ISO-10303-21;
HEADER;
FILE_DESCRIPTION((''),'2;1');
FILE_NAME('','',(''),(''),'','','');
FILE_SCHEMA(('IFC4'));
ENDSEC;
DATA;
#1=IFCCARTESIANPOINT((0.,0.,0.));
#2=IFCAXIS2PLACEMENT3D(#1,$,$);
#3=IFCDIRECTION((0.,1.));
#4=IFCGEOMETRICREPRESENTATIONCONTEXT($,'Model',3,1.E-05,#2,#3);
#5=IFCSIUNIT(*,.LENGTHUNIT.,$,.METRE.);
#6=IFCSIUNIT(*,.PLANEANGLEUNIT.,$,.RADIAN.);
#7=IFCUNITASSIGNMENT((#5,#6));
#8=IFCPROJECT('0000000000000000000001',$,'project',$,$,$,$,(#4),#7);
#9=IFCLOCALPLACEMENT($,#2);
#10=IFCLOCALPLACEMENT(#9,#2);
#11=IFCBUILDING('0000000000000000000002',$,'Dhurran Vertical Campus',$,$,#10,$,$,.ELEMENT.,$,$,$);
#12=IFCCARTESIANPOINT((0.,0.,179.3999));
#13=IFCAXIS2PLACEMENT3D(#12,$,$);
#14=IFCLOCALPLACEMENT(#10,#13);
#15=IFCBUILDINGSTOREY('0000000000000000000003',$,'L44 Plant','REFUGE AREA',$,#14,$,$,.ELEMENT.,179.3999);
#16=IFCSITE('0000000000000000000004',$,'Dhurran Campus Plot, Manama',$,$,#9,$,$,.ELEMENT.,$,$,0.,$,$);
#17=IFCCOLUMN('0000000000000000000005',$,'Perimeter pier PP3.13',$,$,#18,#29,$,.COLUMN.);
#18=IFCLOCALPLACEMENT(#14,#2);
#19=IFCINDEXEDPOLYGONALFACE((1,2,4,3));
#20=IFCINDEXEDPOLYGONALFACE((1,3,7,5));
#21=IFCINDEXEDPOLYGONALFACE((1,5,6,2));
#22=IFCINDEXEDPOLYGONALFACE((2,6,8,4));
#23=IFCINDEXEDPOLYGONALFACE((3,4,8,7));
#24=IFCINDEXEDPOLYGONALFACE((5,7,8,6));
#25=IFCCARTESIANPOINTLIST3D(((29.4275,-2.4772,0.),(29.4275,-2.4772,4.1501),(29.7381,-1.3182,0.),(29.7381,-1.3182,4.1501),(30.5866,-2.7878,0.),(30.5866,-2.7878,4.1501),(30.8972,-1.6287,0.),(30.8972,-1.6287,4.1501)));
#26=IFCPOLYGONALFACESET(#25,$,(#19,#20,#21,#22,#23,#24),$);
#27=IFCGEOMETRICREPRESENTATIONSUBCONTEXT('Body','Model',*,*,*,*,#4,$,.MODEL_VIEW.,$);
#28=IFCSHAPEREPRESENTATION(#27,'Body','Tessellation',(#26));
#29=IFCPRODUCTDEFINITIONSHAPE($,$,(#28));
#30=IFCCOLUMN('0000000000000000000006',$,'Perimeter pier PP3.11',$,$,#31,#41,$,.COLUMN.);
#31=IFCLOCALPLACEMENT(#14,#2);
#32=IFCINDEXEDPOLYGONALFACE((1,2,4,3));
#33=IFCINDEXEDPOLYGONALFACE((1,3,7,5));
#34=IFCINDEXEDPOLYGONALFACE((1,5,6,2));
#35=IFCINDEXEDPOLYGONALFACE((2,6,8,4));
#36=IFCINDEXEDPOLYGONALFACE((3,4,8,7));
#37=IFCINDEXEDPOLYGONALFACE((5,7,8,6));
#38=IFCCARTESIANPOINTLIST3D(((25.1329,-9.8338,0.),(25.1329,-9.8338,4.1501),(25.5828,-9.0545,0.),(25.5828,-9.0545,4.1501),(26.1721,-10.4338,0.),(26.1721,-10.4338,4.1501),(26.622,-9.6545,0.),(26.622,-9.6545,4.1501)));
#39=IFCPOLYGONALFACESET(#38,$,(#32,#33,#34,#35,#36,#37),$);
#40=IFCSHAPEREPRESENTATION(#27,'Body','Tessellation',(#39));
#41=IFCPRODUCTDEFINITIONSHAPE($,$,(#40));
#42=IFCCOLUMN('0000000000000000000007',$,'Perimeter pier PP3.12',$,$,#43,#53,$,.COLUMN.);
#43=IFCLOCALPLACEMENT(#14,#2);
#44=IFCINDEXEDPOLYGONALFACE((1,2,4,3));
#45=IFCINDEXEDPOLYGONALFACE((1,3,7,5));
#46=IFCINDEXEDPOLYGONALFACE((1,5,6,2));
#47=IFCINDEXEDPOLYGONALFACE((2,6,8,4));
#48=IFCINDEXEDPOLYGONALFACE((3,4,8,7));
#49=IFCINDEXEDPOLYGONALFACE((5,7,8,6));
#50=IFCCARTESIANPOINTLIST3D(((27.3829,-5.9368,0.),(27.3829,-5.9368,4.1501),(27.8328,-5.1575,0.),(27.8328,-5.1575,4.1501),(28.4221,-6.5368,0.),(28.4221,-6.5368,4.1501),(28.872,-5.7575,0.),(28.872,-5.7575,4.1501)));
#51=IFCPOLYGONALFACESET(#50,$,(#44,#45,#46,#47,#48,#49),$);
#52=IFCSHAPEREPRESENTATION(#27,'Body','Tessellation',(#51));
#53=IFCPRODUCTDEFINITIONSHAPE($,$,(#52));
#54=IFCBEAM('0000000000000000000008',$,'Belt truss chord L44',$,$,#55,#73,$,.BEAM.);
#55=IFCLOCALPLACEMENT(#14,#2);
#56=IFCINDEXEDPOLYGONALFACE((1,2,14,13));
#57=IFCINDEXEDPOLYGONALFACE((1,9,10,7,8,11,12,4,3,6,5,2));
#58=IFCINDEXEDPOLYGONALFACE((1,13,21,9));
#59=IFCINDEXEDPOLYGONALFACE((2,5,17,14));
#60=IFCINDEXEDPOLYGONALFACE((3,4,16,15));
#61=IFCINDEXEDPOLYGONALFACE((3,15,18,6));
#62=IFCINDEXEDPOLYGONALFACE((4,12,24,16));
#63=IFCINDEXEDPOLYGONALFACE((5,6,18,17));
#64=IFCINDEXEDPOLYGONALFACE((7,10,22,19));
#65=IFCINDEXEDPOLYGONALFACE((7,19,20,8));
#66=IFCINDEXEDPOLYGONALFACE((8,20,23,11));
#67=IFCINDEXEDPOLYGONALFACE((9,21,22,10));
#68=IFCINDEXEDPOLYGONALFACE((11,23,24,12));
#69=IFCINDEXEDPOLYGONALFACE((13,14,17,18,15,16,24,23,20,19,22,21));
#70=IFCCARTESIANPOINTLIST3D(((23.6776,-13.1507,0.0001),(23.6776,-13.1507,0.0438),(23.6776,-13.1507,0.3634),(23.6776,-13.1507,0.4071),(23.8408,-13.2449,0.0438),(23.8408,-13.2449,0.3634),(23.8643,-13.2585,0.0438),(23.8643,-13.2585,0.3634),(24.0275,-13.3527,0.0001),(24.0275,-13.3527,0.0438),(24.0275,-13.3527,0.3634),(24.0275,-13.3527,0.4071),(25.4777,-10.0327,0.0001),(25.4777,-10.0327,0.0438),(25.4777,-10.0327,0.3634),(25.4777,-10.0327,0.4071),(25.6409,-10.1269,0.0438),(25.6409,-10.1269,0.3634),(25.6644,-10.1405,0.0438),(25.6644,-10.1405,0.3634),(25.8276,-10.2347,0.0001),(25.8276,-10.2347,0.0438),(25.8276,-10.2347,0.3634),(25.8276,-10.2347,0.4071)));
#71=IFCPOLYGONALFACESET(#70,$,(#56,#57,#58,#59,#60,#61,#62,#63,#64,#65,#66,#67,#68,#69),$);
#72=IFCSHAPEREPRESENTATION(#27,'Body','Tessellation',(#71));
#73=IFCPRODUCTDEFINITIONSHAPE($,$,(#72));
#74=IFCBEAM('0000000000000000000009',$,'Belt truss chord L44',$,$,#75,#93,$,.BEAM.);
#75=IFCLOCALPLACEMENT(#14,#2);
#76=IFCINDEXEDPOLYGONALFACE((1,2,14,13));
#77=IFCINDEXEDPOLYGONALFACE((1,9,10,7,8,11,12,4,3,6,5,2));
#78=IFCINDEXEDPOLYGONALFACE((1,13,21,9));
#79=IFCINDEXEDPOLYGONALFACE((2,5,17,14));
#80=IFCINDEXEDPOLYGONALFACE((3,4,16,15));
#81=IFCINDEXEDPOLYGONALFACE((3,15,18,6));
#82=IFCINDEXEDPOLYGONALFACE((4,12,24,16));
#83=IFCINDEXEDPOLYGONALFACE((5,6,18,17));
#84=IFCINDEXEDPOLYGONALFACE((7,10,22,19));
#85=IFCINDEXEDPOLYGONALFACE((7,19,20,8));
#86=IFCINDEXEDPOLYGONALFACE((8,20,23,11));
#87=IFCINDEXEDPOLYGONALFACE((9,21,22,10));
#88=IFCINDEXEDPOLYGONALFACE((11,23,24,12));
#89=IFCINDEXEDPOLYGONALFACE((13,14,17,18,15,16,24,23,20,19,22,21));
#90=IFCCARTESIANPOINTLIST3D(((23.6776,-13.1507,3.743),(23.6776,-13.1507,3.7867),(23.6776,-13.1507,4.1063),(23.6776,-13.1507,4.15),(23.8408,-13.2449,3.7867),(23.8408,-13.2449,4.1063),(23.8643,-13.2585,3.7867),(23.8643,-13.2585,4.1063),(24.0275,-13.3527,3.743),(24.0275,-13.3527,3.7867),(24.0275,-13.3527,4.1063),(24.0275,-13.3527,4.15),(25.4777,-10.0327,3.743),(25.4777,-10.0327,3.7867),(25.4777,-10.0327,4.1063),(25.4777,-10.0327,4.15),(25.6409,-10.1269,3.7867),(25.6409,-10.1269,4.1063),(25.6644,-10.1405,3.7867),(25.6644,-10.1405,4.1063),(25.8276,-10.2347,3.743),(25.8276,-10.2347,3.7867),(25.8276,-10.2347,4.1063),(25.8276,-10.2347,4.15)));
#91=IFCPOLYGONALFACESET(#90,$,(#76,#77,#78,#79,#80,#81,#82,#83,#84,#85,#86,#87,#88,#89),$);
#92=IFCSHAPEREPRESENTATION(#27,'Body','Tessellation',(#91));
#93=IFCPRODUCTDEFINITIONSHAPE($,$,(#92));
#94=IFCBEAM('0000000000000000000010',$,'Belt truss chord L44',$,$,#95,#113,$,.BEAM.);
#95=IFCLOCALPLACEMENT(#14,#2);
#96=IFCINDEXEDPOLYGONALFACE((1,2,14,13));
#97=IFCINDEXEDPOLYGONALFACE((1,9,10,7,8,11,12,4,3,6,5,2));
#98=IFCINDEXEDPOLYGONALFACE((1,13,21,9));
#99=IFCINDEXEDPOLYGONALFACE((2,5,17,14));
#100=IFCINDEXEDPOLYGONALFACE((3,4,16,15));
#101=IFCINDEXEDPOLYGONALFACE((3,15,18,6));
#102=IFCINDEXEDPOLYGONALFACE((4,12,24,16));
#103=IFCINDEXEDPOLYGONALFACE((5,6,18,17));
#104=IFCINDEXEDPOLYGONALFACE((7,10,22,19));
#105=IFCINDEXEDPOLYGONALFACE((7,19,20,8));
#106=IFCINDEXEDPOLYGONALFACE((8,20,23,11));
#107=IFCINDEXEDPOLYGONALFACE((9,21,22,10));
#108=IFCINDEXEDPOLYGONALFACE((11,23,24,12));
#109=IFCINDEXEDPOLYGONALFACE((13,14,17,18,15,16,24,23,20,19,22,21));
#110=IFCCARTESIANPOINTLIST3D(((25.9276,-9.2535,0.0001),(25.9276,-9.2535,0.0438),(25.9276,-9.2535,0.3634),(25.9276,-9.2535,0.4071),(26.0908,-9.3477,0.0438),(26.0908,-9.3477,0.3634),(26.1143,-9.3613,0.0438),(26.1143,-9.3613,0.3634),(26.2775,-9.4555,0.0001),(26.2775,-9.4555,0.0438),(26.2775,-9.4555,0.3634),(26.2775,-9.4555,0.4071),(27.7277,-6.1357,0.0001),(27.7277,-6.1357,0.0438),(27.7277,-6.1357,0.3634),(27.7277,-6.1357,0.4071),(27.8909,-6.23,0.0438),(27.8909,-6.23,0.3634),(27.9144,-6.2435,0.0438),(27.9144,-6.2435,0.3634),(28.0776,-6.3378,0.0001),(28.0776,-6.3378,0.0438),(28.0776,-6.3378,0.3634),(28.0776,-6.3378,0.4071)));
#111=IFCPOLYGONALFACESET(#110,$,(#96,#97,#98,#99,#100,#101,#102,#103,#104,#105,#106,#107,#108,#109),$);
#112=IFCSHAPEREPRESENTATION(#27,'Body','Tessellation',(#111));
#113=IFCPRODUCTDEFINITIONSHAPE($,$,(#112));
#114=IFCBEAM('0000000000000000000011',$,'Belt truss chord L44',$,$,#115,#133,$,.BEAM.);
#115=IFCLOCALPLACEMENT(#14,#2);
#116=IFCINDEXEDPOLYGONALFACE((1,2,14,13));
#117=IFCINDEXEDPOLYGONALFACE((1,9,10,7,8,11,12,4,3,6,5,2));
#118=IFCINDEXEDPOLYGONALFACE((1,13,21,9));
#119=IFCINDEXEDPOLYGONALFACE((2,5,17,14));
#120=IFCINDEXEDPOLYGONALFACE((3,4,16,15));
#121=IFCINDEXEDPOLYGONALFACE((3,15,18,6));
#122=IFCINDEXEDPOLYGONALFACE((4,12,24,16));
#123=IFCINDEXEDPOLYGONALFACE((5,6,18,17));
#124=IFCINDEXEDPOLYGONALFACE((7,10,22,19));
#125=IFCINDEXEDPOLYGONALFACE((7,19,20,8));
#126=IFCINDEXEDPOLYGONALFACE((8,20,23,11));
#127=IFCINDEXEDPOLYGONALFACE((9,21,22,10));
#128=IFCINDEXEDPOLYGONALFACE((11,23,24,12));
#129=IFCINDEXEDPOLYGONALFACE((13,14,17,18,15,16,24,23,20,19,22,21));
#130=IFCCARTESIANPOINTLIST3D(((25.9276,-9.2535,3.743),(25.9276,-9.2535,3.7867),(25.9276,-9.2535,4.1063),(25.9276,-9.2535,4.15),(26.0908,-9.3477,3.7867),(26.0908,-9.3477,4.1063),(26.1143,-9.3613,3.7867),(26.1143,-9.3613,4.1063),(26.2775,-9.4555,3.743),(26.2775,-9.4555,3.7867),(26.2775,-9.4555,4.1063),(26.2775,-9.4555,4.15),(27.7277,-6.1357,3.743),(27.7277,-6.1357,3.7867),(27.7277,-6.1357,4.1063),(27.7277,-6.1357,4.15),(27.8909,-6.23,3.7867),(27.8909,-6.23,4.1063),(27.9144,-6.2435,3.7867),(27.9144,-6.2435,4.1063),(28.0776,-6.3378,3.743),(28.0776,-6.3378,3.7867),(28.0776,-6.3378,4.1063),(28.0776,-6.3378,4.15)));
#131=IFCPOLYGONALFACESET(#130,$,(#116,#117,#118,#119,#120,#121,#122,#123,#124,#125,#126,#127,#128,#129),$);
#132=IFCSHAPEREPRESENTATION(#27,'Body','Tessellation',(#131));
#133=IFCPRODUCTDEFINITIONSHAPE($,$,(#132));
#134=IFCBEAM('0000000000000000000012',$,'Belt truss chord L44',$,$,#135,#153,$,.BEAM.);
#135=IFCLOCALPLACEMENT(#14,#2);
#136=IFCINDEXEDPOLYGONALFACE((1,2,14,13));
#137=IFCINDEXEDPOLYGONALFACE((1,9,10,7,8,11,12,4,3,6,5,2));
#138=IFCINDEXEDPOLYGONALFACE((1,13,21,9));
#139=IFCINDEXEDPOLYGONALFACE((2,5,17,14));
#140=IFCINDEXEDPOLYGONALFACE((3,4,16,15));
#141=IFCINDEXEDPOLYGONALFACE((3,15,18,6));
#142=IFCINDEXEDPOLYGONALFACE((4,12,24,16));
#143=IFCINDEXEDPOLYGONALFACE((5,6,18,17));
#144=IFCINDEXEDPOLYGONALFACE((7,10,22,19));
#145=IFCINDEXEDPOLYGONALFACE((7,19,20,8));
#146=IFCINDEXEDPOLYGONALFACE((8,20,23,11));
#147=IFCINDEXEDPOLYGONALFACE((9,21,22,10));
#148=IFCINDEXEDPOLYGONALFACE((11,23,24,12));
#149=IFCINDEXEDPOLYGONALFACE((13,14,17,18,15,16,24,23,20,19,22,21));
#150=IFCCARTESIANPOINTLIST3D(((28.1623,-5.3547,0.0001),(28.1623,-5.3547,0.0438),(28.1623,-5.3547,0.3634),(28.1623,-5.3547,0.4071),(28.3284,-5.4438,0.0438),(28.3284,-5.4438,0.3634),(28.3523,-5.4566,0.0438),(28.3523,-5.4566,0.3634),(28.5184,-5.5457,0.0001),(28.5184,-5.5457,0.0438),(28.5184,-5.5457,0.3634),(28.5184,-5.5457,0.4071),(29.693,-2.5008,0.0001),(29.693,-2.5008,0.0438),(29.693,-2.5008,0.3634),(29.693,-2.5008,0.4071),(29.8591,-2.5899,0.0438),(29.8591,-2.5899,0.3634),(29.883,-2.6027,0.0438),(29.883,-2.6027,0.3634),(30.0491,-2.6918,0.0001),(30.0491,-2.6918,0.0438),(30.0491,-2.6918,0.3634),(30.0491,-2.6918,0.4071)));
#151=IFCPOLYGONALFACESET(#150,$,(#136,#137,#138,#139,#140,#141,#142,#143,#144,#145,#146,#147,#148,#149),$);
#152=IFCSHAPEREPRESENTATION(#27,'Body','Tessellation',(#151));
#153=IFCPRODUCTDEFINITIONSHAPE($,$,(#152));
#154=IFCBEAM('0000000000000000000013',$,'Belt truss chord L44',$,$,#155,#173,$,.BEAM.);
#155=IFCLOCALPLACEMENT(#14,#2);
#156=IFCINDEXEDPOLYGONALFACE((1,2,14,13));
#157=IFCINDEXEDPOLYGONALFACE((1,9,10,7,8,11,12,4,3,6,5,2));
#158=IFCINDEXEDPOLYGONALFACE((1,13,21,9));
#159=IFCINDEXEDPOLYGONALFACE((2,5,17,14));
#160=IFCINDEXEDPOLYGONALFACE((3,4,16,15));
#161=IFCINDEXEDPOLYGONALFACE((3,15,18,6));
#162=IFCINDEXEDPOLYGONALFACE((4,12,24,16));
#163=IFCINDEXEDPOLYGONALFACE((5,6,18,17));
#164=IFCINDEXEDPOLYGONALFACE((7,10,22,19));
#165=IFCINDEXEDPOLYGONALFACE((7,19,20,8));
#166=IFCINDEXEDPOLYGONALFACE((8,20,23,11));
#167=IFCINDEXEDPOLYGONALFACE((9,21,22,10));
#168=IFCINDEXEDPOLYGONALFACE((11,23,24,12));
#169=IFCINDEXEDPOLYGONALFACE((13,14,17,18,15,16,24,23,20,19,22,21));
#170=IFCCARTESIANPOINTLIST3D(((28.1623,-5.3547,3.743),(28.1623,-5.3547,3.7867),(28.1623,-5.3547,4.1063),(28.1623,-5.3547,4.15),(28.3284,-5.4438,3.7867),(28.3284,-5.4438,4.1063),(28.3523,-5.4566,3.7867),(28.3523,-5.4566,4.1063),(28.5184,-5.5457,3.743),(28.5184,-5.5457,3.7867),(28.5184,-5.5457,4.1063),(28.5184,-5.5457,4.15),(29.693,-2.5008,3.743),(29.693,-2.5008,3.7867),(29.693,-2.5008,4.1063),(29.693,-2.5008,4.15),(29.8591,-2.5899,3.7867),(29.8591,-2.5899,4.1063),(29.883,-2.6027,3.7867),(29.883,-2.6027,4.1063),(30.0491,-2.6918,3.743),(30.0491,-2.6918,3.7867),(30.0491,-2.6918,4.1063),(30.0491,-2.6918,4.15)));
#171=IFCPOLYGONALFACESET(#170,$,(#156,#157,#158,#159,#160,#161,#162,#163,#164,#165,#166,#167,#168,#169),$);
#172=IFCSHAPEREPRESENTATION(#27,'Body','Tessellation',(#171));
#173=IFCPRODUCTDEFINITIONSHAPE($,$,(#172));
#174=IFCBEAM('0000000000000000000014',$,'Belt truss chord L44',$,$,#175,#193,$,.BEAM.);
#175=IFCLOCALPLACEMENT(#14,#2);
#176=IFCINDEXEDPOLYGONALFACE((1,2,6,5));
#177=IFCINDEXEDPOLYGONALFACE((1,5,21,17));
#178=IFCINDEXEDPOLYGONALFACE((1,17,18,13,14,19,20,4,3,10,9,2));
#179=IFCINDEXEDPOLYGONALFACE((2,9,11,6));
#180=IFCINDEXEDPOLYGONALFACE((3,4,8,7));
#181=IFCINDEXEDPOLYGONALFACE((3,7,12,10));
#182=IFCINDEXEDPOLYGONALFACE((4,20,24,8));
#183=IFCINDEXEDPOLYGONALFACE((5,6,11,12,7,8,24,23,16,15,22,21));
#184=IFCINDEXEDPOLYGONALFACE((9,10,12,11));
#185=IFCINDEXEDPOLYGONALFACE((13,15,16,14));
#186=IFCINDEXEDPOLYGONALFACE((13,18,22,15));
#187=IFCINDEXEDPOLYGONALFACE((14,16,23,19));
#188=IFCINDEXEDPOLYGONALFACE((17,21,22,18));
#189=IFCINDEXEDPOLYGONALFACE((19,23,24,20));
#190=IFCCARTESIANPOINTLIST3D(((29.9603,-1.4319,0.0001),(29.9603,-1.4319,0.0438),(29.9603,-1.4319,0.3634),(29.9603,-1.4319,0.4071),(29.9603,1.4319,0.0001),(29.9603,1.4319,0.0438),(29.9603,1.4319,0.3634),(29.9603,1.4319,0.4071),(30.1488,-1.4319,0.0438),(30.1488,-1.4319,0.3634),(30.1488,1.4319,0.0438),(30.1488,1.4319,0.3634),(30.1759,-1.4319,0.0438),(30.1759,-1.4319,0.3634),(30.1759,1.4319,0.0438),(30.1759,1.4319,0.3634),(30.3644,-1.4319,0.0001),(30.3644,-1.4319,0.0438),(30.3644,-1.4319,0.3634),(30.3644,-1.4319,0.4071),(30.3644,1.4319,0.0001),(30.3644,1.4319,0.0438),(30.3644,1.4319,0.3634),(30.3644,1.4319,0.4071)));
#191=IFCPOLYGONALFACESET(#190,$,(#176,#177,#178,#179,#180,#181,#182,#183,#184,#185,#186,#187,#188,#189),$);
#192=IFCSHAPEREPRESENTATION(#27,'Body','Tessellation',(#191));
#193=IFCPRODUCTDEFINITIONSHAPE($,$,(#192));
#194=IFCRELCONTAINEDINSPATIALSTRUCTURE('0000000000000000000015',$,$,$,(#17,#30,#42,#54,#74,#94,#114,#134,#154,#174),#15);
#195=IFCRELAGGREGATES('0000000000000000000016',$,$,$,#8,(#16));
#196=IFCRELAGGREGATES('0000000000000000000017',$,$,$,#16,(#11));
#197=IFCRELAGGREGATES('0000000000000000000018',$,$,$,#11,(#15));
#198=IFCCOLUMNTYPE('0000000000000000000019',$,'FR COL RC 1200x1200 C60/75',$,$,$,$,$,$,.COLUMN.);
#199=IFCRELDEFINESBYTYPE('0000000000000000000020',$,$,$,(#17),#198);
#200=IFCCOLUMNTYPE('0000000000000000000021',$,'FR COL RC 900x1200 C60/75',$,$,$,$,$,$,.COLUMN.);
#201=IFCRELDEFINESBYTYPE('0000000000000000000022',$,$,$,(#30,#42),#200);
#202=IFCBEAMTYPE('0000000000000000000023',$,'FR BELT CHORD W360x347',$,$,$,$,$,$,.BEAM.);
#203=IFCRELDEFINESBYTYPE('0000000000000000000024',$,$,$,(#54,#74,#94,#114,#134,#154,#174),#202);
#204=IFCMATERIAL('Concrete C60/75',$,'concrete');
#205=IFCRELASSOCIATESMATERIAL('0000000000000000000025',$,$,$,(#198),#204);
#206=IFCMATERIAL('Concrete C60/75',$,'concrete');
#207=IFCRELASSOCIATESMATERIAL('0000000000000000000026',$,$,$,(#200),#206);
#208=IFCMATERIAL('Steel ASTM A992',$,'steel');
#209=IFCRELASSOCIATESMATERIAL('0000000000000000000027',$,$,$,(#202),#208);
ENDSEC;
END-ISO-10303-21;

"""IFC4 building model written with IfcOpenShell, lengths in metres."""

from ifc_helpers import new_model, si_unit, direction, frame, origin, origin_2d, place, context, subcontext, project, spatial, rectangle, i_section, extrude, material, material_profile, profile_set, type_object, element, save


model = new_model("IFC4")

# Units and contexts
model_context = context("Model", 3, precision=1e-05, world=origin(), true_north=direction((0.0, 1.0)))
body_context = subcontext(model_context, "Body", "Model", "MODEL_VIEW")
ifc_project = project(units=[si_unit("LENGTHUNIT", "METRE"), si_unit("PLANEANGLEUNIT", "RADIAN")], contexts=[model_context])

# Site, building, storey
site_placement = place(None, origin())
site = spatial("IfcSite", under=ifc_project, at=site_placement, Name="Dhurran Campus Plot, Manama", CompositionType="ELEMENT", RefElevation=0.0)
building_placement = place(site_placement, origin())
building = spatial("IfcBuilding", under=site, at=building_placement, Name="Dhurran Vertical Campus", CompositionType="ELEMENT")
storey_placement = place(building_placement, frame((0.0, 0.0, 179.3999)))
storey = spatial("IfcBuildingStorey", under=building, at=storey_placement, Name="L44 Plant", Description="REFUGE AREA", CompositionType="ELEMENT", Elevation=179.3999)

# Columns
ifc_material_1 = material(Name="Concrete C60/75", Category="concrete")
ifc_material_profile_1 = material_profile(ifc_material_1, rectangle(XDim=1.2, YDim=1.2, at=origin_2d()), Name="RC 1200x1200")
ifc_profile_set_1 = profile_set([ifc_material_profile_1], Name="Concrete C60/75")
column_type_1 = type_object("IfcColumnType", Name="FR COL RC 1200x1200 C60/75", PredefinedType="COLUMN", material=ifc_profile_set_1)
column_placement = place(storey_placement, frame((30.1624, -2.053, 0.0), z_axis=(0.0, 0.0, 1.0), x_axis=(0.258819, 0.965926, 0.0)))
element("IfcColumn", 1, at=column_placement, inside=storey, type_object=column_type_1, Name="Perimeter pier PP3.13", PredefinedType="COLUMN", context=body_context, shape_type="SweptSolid", body=[
    extrude(rectangle(XDim=1.2, YDim=1.2, at=origin_2d()), origin(), (0.0, 0.0, 1.0), 4.1501),
])
ifc_material_2 = material(Name="Concrete C60/75", Category="concrete")
ifc_material_profile_2 = material_profile(ifc_material_2, rectangle(XDim=0.8999, YDim=1.2, at=origin_2d()), Name="RC 900x1200")
ifc_profile_set_2 = profile_set([ifc_material_profile_2], Name="Concrete C60/75")
column_type_2 = type_object("IfcColumnType", Name="FR COL RC 900x1200 C60/75", PredefinedType="COLUMN", material=ifc_profile_set_2)
for number, where, z_axis, x_axis, name in (
    (2, (25.8774, -9.7441, 0.0), (0.0, 0.0, 1.0), (0.5, 0.866025, 0.0), "Perimeter pier PP3.11"),
    (3, (28.1274, -5.8472, 0.0), (0.0, 0.0, 1.0), (0.5, 0.866025, 0.0), "Perimeter pier PP3.12"),
):
    element("IfcColumn", number, at=place(storey_placement, frame(where, z_axis=z_axis, x_axis=x_axis)), inside=storey, type_object=column_type_2, Name=name, PredefinedType="COLUMN", context=body_context, shape_type="SweptSolid", body=[
        extrude(rectangle(XDim=0.8999, YDim=1.2, at=origin_2d()), origin(), (0.0, 0.0, 1.0), 4.1501),
    ])

# Beams
ifc_material_3 = material(Name="Steel ASTM A992", Category="steel")
ifc_material_profile_3 = material_profile(ifc_material_3, i_section(OverallWidth=0.4041, OverallDepth=0.407, WebThickness=0.0271, FlangeThickness=0.0437, at=origin_2d()), Name="W360x347")
ifc_profile_set_3 = profile_set([ifc_material_profile_3], Name="Steel ASTM A992")
beam_type = type_object("IfcBeamType", Name="FR BELT CHORD W360x347", PredefinedType="BEAM", material=ifc_profile_set_3)
for number, where, z_axis, x_axis, name in (
    (4, (23.8525, -13.2517, 0.2036), (0.499983, 0.866035, 0.0), (-0.866035, 0.499983, 0.0), "Belt truss chord L44"),
    (5, (23.8525, -13.2517, 3.9465), (0.499983, 0.866035, 0.0), (-0.866035, 0.499983, 0.0), "Belt truss chord L44"),
):
    element("IfcBeam", number, at=place(storey_placement, frame(where, z_axis=z_axis, x_axis=x_axis)), inside=storey, type_object=beam_type, Name=name, PredefinedType="BEAM", context=body_context, shape_type="SweptSolid", body=[
        extrude(i_section(OverallWidth=0.4041, OverallDepth=0.407, WebThickness=0.0271, FlangeThickness=0.0437, at=origin_2d()), origin(), (0.0, 0.0, 1.0), 3.6003),
    ])
for number, where, z_axis, x_axis, name in (
    (6, (26.1025, -9.3545, 0.2036), (0.500012, 0.866018, 0.0), (-0.866018, 0.500012, 0.0), "Belt truss chord L44"),
    (7, (26.1025, -9.3545, 3.9465), (0.500012, 0.866018, 0.0), (-0.866018, 0.500012, 0.0), "Belt truss chord L44"),
):
    element("IfcBeam", number, at=place(storey_placement, frame(where, z_axis=z_axis, x_axis=x_axis)), inside=storey, type_object=beam_type, Name=name, PredefinedType="BEAM", context=body_context, shape_type="SweptSolid", body=[
        extrude(i_section(OverallWidth=0.4041, OverallDepth=0.407, WebThickness=0.0271, FlangeThickness=0.0437, at=origin_2d()), origin(), (0.0, 0.0, 1.0), 3.6001),
    ])
for number, where, z_axis, x_axis, name in (
    (8, (28.3403, -5.4502, 0.2036), (0.472661, 0.881245, 0.0), (-0.881245, 0.472661, 0.0), "Belt truss chord L44"),
    (9, (28.3403, -5.4502, 3.9465), (0.472661, 0.881245, 0.0), (-0.881245, 0.472661, 0.0), "Belt truss chord L44"),
):
    element("IfcBeam", number, at=place(storey_placement, frame(where, z_axis=z_axis, x_axis=x_axis)), inside=storey, type_object=beam_type, Name=name, PredefinedType="BEAM", context=body_context, shape_type="SweptSolid", body=[
        extrude(i_section(OverallWidth=0.4041, OverallDepth=0.407, WebThickness=0.0271, FlangeThickness=0.0437, at=origin_2d()), origin(), (0.0, 0.0, 1.0), 3.2385),
    ])
for number, where, z_axis, x_axis, name in (
    (10, (30.1624, -1.4319, 0.2036), (0.0, 1.0, 0.0), (-1.0, 0.0, 0.0), "Belt truss chord L44"),
):
    element("IfcBeam", number, at=place(storey_placement, frame(where, z_axis=z_axis, x_axis=x_axis)), inside=storey, type_object=beam_type, Name=name, PredefinedType="BEAM", context=body_context, shape_type="SweptSolid", body=[
        extrude(i_section(OverallWidth=0.4041, OverallDepth=0.407, WebThickness=0.0271, FlangeThickness=0.0437, at=origin_2d()), origin(), (0.0, 0.0, 1.0), 2.8638),
    ])

save(model, "model.ifc")
